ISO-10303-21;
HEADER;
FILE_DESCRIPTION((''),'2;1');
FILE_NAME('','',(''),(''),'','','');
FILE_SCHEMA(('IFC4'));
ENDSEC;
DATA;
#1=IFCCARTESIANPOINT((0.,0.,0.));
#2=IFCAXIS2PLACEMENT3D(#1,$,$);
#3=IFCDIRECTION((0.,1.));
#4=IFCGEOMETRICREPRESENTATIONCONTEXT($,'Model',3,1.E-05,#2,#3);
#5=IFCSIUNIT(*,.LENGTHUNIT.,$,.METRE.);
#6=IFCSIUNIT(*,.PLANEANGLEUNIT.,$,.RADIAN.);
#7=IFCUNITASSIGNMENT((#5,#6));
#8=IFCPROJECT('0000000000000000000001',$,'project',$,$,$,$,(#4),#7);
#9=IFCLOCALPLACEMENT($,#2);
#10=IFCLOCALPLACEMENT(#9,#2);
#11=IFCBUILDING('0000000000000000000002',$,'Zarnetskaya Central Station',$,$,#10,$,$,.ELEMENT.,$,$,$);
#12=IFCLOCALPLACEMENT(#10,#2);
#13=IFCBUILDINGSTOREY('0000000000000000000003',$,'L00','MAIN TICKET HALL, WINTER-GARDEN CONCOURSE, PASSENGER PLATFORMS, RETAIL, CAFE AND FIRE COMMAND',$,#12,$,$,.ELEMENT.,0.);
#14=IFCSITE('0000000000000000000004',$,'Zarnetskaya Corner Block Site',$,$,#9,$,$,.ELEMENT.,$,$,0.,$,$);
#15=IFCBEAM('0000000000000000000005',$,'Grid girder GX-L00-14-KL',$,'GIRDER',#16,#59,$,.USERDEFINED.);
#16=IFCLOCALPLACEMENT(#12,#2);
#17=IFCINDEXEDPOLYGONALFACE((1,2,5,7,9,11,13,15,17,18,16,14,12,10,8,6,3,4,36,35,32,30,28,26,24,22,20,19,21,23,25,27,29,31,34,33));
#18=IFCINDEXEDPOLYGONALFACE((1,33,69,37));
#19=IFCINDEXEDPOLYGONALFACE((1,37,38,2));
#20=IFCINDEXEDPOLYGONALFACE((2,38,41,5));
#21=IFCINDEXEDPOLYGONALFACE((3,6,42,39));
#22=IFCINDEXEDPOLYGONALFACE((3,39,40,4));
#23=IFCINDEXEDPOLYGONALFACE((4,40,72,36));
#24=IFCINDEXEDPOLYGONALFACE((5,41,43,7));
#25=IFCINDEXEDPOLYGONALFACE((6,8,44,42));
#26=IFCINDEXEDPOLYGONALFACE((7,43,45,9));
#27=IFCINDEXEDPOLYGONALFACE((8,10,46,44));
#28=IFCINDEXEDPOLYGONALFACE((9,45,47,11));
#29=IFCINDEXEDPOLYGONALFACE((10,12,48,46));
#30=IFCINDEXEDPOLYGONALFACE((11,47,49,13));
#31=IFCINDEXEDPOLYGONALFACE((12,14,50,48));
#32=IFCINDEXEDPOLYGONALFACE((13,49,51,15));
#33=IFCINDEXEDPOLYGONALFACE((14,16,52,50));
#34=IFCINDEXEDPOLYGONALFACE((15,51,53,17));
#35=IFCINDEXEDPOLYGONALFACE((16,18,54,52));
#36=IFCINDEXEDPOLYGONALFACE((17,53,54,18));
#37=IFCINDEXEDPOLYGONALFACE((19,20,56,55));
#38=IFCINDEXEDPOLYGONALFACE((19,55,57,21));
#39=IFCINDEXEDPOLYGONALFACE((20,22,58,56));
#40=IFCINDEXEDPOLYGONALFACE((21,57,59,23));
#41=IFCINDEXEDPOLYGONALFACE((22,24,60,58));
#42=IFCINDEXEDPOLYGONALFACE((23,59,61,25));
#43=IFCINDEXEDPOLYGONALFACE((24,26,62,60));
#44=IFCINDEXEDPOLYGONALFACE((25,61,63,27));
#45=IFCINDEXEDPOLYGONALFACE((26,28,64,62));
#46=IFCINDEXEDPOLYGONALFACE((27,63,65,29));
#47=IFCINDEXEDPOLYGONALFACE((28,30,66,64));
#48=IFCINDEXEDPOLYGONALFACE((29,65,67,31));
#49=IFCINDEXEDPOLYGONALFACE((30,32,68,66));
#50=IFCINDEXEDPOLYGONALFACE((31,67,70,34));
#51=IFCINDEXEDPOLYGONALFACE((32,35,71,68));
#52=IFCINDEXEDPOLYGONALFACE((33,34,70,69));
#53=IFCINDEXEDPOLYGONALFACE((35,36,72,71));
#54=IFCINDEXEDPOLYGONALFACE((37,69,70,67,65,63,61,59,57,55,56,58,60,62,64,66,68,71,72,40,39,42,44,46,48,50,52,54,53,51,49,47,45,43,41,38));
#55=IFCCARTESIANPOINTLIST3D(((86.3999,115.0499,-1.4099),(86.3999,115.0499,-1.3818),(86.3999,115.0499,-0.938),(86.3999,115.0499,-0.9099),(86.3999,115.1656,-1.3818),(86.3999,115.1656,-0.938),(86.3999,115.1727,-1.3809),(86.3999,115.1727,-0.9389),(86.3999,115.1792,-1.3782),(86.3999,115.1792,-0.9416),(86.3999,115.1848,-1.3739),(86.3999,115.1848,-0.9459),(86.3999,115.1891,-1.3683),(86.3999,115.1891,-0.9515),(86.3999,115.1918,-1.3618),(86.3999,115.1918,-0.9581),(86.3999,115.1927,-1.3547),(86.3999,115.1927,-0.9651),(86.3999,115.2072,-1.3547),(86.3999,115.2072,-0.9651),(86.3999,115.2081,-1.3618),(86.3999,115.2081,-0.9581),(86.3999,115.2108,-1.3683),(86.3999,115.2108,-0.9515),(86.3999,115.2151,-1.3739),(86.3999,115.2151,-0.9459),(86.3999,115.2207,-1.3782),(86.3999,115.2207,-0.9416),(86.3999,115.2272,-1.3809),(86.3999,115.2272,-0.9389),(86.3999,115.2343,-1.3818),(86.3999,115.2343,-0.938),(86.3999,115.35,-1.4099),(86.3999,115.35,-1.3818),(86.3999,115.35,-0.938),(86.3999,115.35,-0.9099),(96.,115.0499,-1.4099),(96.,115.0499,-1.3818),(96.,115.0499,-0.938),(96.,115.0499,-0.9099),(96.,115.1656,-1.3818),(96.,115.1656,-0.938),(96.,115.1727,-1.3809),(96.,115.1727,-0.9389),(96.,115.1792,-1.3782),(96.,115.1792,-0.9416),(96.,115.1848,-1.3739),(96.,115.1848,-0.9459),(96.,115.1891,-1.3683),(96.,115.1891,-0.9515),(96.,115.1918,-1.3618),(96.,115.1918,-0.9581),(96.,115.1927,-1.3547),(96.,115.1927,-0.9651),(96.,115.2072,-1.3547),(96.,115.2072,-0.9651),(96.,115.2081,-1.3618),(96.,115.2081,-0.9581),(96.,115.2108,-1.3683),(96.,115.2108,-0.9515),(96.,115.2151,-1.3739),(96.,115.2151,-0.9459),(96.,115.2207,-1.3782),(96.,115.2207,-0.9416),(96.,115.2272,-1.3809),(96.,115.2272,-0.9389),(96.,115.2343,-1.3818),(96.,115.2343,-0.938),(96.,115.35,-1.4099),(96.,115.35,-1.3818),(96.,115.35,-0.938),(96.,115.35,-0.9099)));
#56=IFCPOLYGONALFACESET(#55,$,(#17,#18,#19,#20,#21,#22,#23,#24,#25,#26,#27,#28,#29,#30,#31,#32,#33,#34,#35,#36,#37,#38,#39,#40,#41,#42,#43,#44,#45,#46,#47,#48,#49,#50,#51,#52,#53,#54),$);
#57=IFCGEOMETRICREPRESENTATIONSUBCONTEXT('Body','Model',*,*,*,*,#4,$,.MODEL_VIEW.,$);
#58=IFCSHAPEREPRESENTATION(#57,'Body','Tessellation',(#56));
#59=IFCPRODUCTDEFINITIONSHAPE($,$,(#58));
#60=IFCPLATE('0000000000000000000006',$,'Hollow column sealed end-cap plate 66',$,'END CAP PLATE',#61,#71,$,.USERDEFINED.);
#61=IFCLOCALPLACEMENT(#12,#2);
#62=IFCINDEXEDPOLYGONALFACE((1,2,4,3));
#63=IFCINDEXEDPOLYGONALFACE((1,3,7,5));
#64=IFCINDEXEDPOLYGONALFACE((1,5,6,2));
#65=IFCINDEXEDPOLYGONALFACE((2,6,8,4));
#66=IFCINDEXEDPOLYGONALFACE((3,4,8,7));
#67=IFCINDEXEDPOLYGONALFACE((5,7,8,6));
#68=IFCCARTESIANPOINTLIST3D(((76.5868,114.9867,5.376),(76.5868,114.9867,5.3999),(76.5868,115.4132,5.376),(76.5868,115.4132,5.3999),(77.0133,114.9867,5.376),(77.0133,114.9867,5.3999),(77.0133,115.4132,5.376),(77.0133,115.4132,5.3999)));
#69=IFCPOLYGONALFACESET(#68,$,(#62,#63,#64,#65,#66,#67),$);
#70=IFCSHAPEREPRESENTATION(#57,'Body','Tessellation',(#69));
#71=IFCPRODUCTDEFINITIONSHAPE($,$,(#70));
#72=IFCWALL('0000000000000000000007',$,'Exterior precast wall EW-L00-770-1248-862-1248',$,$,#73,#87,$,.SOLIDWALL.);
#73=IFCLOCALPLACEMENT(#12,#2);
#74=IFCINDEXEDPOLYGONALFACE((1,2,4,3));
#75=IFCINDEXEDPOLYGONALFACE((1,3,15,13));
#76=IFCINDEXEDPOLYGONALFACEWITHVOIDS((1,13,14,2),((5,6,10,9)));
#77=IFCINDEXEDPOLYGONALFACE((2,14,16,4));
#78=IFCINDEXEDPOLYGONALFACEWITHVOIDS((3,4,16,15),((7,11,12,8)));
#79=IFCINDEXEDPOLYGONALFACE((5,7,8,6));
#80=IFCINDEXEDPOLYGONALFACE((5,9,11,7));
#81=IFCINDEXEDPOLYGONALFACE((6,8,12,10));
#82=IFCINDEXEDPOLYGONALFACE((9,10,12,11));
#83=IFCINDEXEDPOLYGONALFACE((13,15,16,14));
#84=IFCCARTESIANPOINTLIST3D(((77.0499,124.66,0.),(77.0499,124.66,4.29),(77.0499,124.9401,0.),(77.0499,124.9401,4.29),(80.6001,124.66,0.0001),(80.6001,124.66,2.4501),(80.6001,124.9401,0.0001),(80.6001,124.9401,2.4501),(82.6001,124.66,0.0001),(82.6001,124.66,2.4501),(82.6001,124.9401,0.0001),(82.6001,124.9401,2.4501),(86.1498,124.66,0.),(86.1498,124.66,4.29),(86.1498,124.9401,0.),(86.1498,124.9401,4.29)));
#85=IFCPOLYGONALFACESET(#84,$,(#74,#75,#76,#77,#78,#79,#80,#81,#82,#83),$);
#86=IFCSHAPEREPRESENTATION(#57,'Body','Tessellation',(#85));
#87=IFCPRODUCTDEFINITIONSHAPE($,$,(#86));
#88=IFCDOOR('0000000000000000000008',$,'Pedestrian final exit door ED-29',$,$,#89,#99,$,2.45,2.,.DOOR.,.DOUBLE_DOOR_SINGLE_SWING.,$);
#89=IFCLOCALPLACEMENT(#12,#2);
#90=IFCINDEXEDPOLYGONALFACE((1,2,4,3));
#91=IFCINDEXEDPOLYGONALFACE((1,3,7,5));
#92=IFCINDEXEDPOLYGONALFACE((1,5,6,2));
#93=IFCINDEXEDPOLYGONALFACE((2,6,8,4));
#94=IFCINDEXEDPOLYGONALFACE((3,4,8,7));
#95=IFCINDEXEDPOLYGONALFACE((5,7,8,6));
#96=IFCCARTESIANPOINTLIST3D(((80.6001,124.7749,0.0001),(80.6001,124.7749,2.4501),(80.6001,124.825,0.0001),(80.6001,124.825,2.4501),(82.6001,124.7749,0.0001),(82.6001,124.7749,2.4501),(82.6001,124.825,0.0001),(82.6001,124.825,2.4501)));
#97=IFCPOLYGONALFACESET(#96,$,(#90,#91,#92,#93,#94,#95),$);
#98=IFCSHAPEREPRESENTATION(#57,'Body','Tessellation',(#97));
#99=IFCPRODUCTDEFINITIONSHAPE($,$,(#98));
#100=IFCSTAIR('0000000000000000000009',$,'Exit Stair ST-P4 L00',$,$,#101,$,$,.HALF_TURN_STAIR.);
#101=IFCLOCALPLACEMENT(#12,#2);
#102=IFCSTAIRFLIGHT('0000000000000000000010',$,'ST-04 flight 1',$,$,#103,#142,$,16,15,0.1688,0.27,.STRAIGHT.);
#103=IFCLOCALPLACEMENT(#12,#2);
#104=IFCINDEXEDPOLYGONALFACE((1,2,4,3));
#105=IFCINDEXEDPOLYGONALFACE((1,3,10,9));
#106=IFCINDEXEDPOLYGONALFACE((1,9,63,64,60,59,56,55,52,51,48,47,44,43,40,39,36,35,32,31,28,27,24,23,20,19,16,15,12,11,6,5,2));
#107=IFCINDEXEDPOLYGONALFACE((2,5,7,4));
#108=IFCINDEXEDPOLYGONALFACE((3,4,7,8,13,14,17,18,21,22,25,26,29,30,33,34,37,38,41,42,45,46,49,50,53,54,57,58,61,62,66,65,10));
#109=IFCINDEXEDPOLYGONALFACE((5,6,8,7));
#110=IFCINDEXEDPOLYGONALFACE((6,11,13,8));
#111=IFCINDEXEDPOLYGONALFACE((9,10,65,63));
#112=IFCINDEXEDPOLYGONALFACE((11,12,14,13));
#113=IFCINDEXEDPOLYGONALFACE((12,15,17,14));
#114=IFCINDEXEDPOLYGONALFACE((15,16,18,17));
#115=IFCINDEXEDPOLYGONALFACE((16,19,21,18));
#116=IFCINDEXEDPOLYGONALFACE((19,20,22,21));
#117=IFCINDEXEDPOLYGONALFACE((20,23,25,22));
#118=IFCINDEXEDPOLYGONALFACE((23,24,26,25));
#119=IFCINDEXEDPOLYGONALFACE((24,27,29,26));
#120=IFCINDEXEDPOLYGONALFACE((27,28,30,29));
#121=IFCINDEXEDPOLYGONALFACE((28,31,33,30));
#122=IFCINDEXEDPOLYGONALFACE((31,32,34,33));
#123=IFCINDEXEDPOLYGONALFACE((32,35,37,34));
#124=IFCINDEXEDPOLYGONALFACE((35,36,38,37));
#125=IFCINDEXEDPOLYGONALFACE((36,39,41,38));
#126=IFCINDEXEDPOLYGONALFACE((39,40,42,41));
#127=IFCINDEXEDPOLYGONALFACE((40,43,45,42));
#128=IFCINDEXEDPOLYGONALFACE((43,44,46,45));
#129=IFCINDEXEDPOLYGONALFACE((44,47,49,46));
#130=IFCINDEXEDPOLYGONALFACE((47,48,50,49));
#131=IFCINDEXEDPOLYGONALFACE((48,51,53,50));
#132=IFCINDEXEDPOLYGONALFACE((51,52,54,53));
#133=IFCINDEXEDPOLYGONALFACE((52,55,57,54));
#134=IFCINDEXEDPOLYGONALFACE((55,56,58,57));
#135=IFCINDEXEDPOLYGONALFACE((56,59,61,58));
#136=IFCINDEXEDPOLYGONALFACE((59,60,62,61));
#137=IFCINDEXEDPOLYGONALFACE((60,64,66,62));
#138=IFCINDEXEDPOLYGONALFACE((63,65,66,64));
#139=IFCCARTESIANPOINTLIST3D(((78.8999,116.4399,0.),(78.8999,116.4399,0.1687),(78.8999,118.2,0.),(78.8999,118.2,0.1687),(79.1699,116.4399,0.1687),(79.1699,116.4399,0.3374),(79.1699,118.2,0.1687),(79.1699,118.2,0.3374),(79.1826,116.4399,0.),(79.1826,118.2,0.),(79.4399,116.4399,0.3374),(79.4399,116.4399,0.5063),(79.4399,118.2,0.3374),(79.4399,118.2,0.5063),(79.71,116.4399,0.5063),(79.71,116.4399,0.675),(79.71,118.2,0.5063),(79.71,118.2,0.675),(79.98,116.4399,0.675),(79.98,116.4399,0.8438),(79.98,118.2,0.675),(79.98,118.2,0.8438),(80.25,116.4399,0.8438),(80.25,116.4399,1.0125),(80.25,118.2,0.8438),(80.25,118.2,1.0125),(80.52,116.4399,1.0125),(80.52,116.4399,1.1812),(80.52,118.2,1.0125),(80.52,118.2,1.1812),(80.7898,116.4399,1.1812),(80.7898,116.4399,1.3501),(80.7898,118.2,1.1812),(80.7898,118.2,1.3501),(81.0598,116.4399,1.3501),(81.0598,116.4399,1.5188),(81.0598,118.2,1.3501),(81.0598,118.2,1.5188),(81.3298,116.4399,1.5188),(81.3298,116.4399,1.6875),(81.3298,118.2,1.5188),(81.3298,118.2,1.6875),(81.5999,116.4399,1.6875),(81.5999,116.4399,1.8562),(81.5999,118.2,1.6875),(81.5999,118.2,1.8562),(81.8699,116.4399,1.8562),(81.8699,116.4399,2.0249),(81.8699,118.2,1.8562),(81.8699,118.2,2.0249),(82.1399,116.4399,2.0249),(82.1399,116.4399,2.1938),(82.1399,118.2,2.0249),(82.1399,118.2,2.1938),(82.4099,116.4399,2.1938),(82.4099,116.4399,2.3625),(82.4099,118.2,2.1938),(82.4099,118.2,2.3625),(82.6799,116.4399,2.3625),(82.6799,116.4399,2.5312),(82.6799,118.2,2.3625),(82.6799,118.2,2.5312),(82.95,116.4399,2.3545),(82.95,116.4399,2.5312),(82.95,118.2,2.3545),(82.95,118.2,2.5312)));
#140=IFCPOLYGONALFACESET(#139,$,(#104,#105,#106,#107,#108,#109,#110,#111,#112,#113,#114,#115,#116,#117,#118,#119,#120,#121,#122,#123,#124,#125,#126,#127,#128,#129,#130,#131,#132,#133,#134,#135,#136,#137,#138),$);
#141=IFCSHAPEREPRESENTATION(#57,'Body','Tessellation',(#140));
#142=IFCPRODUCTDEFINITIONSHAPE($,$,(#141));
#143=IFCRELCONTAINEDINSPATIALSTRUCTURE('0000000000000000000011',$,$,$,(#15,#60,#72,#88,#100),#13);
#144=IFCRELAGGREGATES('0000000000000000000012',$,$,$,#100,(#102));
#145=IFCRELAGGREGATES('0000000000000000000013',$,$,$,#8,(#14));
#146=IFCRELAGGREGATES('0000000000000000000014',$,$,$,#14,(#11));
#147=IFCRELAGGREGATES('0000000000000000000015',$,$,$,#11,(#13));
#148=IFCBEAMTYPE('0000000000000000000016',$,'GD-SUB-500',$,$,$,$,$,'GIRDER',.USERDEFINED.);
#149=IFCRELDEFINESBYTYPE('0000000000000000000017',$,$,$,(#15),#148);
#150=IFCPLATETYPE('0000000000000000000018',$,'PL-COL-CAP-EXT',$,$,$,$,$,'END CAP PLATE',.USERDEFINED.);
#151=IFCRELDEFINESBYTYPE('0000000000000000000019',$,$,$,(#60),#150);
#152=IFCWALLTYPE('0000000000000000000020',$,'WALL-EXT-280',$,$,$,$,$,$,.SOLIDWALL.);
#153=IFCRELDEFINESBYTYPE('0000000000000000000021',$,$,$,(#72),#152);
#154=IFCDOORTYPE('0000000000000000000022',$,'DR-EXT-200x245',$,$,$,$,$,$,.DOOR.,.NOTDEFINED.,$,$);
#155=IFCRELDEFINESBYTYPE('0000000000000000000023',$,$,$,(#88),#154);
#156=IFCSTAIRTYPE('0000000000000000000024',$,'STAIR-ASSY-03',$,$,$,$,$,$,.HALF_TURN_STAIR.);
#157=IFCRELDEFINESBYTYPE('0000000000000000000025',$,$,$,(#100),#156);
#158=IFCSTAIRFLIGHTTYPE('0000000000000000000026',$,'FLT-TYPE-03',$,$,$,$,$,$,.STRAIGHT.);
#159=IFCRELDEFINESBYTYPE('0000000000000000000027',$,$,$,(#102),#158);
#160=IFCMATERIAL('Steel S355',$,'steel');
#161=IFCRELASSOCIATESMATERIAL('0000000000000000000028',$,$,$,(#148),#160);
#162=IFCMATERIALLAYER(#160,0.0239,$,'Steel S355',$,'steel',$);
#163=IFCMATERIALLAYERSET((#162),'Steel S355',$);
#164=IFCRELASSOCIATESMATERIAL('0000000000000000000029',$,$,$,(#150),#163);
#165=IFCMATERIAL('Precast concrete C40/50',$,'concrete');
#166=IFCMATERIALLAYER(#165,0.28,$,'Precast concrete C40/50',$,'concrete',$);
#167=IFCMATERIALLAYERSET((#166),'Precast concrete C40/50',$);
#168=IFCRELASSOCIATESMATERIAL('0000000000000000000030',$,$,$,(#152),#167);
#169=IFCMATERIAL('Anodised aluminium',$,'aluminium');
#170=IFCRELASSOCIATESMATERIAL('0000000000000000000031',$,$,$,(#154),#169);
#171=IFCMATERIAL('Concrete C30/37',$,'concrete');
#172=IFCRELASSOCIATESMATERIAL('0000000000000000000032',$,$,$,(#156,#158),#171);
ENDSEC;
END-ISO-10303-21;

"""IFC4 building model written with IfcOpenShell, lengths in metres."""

from ifc_helpers import new_model, si_unit, direction, frame, frame_2d, origin, origin_2d, place, context, subcontext, project, spatial, polyline, rectangle, i_section, outline, extrude, material, layer, layer_set, material_profile, profile_set, type_object, element, fill, aggregate, save


model = new_model("IFC4")

# Units and contexts
model_context = context("Model", 3, precision=1e-05, world=origin(), true_north=direction((0.0, 1.0)))
body_context = subcontext(model_context, "Body", "Model", "MODEL_VIEW")
ifc_project = project(units=[si_unit("LENGTHUNIT", "METRE"), si_unit("PLANEANGLEUNIT", "RADIAN")], contexts=[model_context])

# Site, building, storey
site_placement = place(None, origin())
site = spatial("IfcSite", under=ifc_project, at=site_placement, Name="Zarnetskaya Corner Block Site", CompositionType="ELEMENT", RefElevation=0.0)
building_placement = place(site_placement, origin())
building = spatial("IfcBuilding", under=site, at=building_placement, Name="Zarnetskaya Central Station", CompositionType="ELEMENT")
storey_placement = place(building_placement, origin())
storey = spatial("IfcBuildingStorey", under=building, at=storey_placement, Name="L00", Description="MAIN TICKET HALL, WINTER-GARDEN CONCOURSE, PASSENGER PLATFORMS, RETAIL, CAFE AND FIRE COMMAND", CompositionType="ELEMENT", Elevation=0.0)

# Shared definitions
ifc_material_1 = material(Name="Steel S355", Category="steel")

# Beam
ifc_material_profile_1 = material_profile(ifc_material_1, i_section(OverallWidth=0.3, OverallDepth=0.5, WebThickness=0.0144, FlangeThickness=0.0281, FilletRadius=0.0271, at=origin_2d()), Name="HEB 500")
ifc_profile_set_1 = profile_set([ifc_material_profile_1], Name="Steel S355")
beam_type_1 = type_object("IfcBeamType", Name="GD-SUB-500", ElementType="GIRDER", PredefinedType="USERDEFINED", material=ifc_profile_set_1)
beam_1_placement = place(storey_placement, frame((86.3999, 115.2, -1.1599), z_axis=(1.0, 0.0, 0.0), x_axis=(0.0, 1.0, 0.0)))
element("IfcBeam", 1, at=beam_1_placement, inside=storey, type_object=beam_type_1, Name="Grid girder GX-L00-14-KL", ObjectType="GIRDER", PredefinedType="USERDEFINED", context=body_context, shape_type="SweptSolid", body=[
    extrude(i_section(OverallWidth=0.3, OverallDepth=0.5, WebThickness=0.0144, FlangeThickness=0.0281, FilletRadius=0.0271, at=origin_2d()), origin(), (0.0, 0.0, 1.0), 9.6001),
])

# Plate
ifc_layer_1 = layer(ifc_material_1, 0.0239, Name="Steel S355", Category="steel")
ifc_layer_set_1 = layer_set([ifc_layer_1], Name="Steel S355")
plate_type = type_object("IfcPlateType", Name="PL-COL-CAP-EXT", ElementType="END CAP PLATE", PredefinedType="USERDEFINED", material=ifc_layer_set_1)
plate_placement = place(storey_placement, frame((76.8, 115.2, 5.376), z_axis=(0.0, 0.0, 1.0), x_axis=(1.0, 0.0, 0.0)))
element("IfcPlate", 2, at=plate_placement, inside=storey, type_object=plate_type, Name="Hollow column sealed end-cap plate 66", ObjectType="END CAP PLATE", PredefinedType="USERDEFINED", context=body_context, shape_type="SweptSolid", body=[
    extrude(rectangle(XDim=0.4265, YDim=0.4265, at=origin_2d()), origin(), (0.0, 0.0, 1.0), 0.0239),
])

# Wall, opening, door
ifc_material_2 = material(Name="Precast concrete C40/50", Category="concrete")
ifc_layer_2 = layer(ifc_material_2, 0.28, Name="Precast concrete C40/50", Category="concrete")
ifc_layer_set_2 = layer_set([ifc_layer_2], Name="Precast concrete C40/50")
wall_type = type_object("IfcWallType", Name="WALL-EXT-280", PredefinedType="SOLIDWALL", material=ifc_layer_set_2)
wall_placement = place(storey_placement, frame((77.05, 124.8, 0.0), z_axis=(0.0, 0.0, 1.0), x_axis=(1.0, 0.0, 0.0)))
wall = element("IfcWall", 3, at=wall_placement, inside=storey, type_object=wall_type, Name="Exterior precast wall EW-L00-770-1248-862-1248", PredefinedType="SOLIDWALL", context=body_context, shape_type="SweptSolid", body=[
    extrude(rectangle(XDim=9.0999, YDim=0.28, at=frame_2d((4.5498, 0.0))), origin(), (0.0, 0.0, 1.0), 4.29),
])
opening_placement = place(wall_placement, frame((3.55, 0.0, 0.0)))
opening = element("IfcOpeningElement", 4, at=opening_placement, cuts=wall, PredefinedType="OPENING", context=body_context, shape_type="SweptSolid", body=[
    extrude(rectangle(XDim=2.0, YDim=2.45, at=frame_2d((1.0, 1.2251))), frame((0.0, 0.1499, 0.0), z_axis=(0.0, -1.0, 0.0), x_axis=(1.0, 0.0, 0.0)), (0.0, 0.0, 1.0), 0.3),
])
ifc_material_3 = material(Name="Anodised aluminium", Category="aluminium")
door_type = type_object("IfcDoorType", Name="DR-EXT-200x245", OperationType="NOTDEFINED", PredefinedType="DOOR", material=ifc_material_3)
door_placement = place(opening_placement, origin())
door = element("IfcDoor", 5, at=door_placement, inside=storey, type_object=door_type, Name="Pedestrian final exit door ED-29", OperationType="DOUBLE_DOOR_SINGLE_SWING", OverallHeight=2.45, OverallWidth=2.0, PredefinedType="DOOR", context=body_context, shape_type="SweptSolid", body=[
    extrude(rectangle(XDim=2.0, YDim=2.45, at=frame_2d((1.0, 1.2251))), frame((0.0, 0.0249, 0.0), z_axis=(0.0, -1.0, 0.0), x_axis=(1.0, 0.0, 0.0)), (0.0, 0.0, 1.0), 0.05),
])
fill(opening, door)

# Stair, stair flight
ifc_material_4 = material(Name="Concrete C30/37", Category="concrete")
stair_type = type_object("IfcStairType", Name="STAIR-ASSY-03", PredefinedType="HALF_TURN_STAIR", material=ifc_material_4)
stair_placement = place(storey_placement, origin())
stair = element("IfcStair", 6, at=stair_placement, inside=storey, type_object=stair_type, Name="Exit Stair ST-P4 L00", PredefinedType="HALF_TURN_STAIR")
stair_flight_type = type_object("IfcStairFlightType", Name="FLT-TYPE-03", PredefinedType="STRAIGHT", material=ifc_material_4)
stair_flight_1_placement = place(storey_placement, frame((78.8999, 117.3201, 0.0), z_axis=(0.0, 0.0, 1.0), x_axis=(1.0, 0.0, 0.0)))
stair_flight_1 = element("IfcStairFlight", 7, at=stair_flight_1_placement, type_object=stair_flight_type, Name="ST-04 flight 1", NumberOfRisers=16, NumberOfTreads=15, PredefinedType="STRAIGHT", RiserHeight=0.1688, TreadLength=0.27, context=body_context, shape_type="SweptSolid", body=[
    extrude(outline(polyline([(0.0, 0.0), (0.0, 0.1687), (0.27, 0.1687), (0.27, 0.3374), (0.54, 0.3374), (0.54, 0.5063), (0.8101, 0.5063), (0.8101, 0.675), (1.0801, 0.675), (1.0801, 0.8438), (1.3501, 0.8438), (1.3501, 1.0125), (1.6201, 1.0125), (1.6201, 1.1812), (1.8899, 1.1812), (1.8899, 1.3501), (2.1599, 1.3501), (2.1599, 1.5188), (2.4299, 1.5188), (2.4299, 1.6875), (2.7, 1.6875), (2.7, 1.8562), (2.97, 1.8562), (2.97, 2.0249), (3.24, 2.0249), (3.24, 2.1938), (3.51, 2.1938), (3.51, 2.3625), (3.78, 2.3625), (3.78, 2.5312), (4.05, 2.5312), (4.05, 2.7), (4.05, 2.3545), (0.2827, 0.0), (0.0, 0.0)])), frame((0.0, 0.8799, 0.0), z_axis=(0.0, -1.0, 0.0), x_axis=(1.0, 0.0, 0.0)), (0.0, 0.0, 1.0), 1.76),
])
aggregate(stair, [stair_flight_1])

save(model, "model.ifc")
